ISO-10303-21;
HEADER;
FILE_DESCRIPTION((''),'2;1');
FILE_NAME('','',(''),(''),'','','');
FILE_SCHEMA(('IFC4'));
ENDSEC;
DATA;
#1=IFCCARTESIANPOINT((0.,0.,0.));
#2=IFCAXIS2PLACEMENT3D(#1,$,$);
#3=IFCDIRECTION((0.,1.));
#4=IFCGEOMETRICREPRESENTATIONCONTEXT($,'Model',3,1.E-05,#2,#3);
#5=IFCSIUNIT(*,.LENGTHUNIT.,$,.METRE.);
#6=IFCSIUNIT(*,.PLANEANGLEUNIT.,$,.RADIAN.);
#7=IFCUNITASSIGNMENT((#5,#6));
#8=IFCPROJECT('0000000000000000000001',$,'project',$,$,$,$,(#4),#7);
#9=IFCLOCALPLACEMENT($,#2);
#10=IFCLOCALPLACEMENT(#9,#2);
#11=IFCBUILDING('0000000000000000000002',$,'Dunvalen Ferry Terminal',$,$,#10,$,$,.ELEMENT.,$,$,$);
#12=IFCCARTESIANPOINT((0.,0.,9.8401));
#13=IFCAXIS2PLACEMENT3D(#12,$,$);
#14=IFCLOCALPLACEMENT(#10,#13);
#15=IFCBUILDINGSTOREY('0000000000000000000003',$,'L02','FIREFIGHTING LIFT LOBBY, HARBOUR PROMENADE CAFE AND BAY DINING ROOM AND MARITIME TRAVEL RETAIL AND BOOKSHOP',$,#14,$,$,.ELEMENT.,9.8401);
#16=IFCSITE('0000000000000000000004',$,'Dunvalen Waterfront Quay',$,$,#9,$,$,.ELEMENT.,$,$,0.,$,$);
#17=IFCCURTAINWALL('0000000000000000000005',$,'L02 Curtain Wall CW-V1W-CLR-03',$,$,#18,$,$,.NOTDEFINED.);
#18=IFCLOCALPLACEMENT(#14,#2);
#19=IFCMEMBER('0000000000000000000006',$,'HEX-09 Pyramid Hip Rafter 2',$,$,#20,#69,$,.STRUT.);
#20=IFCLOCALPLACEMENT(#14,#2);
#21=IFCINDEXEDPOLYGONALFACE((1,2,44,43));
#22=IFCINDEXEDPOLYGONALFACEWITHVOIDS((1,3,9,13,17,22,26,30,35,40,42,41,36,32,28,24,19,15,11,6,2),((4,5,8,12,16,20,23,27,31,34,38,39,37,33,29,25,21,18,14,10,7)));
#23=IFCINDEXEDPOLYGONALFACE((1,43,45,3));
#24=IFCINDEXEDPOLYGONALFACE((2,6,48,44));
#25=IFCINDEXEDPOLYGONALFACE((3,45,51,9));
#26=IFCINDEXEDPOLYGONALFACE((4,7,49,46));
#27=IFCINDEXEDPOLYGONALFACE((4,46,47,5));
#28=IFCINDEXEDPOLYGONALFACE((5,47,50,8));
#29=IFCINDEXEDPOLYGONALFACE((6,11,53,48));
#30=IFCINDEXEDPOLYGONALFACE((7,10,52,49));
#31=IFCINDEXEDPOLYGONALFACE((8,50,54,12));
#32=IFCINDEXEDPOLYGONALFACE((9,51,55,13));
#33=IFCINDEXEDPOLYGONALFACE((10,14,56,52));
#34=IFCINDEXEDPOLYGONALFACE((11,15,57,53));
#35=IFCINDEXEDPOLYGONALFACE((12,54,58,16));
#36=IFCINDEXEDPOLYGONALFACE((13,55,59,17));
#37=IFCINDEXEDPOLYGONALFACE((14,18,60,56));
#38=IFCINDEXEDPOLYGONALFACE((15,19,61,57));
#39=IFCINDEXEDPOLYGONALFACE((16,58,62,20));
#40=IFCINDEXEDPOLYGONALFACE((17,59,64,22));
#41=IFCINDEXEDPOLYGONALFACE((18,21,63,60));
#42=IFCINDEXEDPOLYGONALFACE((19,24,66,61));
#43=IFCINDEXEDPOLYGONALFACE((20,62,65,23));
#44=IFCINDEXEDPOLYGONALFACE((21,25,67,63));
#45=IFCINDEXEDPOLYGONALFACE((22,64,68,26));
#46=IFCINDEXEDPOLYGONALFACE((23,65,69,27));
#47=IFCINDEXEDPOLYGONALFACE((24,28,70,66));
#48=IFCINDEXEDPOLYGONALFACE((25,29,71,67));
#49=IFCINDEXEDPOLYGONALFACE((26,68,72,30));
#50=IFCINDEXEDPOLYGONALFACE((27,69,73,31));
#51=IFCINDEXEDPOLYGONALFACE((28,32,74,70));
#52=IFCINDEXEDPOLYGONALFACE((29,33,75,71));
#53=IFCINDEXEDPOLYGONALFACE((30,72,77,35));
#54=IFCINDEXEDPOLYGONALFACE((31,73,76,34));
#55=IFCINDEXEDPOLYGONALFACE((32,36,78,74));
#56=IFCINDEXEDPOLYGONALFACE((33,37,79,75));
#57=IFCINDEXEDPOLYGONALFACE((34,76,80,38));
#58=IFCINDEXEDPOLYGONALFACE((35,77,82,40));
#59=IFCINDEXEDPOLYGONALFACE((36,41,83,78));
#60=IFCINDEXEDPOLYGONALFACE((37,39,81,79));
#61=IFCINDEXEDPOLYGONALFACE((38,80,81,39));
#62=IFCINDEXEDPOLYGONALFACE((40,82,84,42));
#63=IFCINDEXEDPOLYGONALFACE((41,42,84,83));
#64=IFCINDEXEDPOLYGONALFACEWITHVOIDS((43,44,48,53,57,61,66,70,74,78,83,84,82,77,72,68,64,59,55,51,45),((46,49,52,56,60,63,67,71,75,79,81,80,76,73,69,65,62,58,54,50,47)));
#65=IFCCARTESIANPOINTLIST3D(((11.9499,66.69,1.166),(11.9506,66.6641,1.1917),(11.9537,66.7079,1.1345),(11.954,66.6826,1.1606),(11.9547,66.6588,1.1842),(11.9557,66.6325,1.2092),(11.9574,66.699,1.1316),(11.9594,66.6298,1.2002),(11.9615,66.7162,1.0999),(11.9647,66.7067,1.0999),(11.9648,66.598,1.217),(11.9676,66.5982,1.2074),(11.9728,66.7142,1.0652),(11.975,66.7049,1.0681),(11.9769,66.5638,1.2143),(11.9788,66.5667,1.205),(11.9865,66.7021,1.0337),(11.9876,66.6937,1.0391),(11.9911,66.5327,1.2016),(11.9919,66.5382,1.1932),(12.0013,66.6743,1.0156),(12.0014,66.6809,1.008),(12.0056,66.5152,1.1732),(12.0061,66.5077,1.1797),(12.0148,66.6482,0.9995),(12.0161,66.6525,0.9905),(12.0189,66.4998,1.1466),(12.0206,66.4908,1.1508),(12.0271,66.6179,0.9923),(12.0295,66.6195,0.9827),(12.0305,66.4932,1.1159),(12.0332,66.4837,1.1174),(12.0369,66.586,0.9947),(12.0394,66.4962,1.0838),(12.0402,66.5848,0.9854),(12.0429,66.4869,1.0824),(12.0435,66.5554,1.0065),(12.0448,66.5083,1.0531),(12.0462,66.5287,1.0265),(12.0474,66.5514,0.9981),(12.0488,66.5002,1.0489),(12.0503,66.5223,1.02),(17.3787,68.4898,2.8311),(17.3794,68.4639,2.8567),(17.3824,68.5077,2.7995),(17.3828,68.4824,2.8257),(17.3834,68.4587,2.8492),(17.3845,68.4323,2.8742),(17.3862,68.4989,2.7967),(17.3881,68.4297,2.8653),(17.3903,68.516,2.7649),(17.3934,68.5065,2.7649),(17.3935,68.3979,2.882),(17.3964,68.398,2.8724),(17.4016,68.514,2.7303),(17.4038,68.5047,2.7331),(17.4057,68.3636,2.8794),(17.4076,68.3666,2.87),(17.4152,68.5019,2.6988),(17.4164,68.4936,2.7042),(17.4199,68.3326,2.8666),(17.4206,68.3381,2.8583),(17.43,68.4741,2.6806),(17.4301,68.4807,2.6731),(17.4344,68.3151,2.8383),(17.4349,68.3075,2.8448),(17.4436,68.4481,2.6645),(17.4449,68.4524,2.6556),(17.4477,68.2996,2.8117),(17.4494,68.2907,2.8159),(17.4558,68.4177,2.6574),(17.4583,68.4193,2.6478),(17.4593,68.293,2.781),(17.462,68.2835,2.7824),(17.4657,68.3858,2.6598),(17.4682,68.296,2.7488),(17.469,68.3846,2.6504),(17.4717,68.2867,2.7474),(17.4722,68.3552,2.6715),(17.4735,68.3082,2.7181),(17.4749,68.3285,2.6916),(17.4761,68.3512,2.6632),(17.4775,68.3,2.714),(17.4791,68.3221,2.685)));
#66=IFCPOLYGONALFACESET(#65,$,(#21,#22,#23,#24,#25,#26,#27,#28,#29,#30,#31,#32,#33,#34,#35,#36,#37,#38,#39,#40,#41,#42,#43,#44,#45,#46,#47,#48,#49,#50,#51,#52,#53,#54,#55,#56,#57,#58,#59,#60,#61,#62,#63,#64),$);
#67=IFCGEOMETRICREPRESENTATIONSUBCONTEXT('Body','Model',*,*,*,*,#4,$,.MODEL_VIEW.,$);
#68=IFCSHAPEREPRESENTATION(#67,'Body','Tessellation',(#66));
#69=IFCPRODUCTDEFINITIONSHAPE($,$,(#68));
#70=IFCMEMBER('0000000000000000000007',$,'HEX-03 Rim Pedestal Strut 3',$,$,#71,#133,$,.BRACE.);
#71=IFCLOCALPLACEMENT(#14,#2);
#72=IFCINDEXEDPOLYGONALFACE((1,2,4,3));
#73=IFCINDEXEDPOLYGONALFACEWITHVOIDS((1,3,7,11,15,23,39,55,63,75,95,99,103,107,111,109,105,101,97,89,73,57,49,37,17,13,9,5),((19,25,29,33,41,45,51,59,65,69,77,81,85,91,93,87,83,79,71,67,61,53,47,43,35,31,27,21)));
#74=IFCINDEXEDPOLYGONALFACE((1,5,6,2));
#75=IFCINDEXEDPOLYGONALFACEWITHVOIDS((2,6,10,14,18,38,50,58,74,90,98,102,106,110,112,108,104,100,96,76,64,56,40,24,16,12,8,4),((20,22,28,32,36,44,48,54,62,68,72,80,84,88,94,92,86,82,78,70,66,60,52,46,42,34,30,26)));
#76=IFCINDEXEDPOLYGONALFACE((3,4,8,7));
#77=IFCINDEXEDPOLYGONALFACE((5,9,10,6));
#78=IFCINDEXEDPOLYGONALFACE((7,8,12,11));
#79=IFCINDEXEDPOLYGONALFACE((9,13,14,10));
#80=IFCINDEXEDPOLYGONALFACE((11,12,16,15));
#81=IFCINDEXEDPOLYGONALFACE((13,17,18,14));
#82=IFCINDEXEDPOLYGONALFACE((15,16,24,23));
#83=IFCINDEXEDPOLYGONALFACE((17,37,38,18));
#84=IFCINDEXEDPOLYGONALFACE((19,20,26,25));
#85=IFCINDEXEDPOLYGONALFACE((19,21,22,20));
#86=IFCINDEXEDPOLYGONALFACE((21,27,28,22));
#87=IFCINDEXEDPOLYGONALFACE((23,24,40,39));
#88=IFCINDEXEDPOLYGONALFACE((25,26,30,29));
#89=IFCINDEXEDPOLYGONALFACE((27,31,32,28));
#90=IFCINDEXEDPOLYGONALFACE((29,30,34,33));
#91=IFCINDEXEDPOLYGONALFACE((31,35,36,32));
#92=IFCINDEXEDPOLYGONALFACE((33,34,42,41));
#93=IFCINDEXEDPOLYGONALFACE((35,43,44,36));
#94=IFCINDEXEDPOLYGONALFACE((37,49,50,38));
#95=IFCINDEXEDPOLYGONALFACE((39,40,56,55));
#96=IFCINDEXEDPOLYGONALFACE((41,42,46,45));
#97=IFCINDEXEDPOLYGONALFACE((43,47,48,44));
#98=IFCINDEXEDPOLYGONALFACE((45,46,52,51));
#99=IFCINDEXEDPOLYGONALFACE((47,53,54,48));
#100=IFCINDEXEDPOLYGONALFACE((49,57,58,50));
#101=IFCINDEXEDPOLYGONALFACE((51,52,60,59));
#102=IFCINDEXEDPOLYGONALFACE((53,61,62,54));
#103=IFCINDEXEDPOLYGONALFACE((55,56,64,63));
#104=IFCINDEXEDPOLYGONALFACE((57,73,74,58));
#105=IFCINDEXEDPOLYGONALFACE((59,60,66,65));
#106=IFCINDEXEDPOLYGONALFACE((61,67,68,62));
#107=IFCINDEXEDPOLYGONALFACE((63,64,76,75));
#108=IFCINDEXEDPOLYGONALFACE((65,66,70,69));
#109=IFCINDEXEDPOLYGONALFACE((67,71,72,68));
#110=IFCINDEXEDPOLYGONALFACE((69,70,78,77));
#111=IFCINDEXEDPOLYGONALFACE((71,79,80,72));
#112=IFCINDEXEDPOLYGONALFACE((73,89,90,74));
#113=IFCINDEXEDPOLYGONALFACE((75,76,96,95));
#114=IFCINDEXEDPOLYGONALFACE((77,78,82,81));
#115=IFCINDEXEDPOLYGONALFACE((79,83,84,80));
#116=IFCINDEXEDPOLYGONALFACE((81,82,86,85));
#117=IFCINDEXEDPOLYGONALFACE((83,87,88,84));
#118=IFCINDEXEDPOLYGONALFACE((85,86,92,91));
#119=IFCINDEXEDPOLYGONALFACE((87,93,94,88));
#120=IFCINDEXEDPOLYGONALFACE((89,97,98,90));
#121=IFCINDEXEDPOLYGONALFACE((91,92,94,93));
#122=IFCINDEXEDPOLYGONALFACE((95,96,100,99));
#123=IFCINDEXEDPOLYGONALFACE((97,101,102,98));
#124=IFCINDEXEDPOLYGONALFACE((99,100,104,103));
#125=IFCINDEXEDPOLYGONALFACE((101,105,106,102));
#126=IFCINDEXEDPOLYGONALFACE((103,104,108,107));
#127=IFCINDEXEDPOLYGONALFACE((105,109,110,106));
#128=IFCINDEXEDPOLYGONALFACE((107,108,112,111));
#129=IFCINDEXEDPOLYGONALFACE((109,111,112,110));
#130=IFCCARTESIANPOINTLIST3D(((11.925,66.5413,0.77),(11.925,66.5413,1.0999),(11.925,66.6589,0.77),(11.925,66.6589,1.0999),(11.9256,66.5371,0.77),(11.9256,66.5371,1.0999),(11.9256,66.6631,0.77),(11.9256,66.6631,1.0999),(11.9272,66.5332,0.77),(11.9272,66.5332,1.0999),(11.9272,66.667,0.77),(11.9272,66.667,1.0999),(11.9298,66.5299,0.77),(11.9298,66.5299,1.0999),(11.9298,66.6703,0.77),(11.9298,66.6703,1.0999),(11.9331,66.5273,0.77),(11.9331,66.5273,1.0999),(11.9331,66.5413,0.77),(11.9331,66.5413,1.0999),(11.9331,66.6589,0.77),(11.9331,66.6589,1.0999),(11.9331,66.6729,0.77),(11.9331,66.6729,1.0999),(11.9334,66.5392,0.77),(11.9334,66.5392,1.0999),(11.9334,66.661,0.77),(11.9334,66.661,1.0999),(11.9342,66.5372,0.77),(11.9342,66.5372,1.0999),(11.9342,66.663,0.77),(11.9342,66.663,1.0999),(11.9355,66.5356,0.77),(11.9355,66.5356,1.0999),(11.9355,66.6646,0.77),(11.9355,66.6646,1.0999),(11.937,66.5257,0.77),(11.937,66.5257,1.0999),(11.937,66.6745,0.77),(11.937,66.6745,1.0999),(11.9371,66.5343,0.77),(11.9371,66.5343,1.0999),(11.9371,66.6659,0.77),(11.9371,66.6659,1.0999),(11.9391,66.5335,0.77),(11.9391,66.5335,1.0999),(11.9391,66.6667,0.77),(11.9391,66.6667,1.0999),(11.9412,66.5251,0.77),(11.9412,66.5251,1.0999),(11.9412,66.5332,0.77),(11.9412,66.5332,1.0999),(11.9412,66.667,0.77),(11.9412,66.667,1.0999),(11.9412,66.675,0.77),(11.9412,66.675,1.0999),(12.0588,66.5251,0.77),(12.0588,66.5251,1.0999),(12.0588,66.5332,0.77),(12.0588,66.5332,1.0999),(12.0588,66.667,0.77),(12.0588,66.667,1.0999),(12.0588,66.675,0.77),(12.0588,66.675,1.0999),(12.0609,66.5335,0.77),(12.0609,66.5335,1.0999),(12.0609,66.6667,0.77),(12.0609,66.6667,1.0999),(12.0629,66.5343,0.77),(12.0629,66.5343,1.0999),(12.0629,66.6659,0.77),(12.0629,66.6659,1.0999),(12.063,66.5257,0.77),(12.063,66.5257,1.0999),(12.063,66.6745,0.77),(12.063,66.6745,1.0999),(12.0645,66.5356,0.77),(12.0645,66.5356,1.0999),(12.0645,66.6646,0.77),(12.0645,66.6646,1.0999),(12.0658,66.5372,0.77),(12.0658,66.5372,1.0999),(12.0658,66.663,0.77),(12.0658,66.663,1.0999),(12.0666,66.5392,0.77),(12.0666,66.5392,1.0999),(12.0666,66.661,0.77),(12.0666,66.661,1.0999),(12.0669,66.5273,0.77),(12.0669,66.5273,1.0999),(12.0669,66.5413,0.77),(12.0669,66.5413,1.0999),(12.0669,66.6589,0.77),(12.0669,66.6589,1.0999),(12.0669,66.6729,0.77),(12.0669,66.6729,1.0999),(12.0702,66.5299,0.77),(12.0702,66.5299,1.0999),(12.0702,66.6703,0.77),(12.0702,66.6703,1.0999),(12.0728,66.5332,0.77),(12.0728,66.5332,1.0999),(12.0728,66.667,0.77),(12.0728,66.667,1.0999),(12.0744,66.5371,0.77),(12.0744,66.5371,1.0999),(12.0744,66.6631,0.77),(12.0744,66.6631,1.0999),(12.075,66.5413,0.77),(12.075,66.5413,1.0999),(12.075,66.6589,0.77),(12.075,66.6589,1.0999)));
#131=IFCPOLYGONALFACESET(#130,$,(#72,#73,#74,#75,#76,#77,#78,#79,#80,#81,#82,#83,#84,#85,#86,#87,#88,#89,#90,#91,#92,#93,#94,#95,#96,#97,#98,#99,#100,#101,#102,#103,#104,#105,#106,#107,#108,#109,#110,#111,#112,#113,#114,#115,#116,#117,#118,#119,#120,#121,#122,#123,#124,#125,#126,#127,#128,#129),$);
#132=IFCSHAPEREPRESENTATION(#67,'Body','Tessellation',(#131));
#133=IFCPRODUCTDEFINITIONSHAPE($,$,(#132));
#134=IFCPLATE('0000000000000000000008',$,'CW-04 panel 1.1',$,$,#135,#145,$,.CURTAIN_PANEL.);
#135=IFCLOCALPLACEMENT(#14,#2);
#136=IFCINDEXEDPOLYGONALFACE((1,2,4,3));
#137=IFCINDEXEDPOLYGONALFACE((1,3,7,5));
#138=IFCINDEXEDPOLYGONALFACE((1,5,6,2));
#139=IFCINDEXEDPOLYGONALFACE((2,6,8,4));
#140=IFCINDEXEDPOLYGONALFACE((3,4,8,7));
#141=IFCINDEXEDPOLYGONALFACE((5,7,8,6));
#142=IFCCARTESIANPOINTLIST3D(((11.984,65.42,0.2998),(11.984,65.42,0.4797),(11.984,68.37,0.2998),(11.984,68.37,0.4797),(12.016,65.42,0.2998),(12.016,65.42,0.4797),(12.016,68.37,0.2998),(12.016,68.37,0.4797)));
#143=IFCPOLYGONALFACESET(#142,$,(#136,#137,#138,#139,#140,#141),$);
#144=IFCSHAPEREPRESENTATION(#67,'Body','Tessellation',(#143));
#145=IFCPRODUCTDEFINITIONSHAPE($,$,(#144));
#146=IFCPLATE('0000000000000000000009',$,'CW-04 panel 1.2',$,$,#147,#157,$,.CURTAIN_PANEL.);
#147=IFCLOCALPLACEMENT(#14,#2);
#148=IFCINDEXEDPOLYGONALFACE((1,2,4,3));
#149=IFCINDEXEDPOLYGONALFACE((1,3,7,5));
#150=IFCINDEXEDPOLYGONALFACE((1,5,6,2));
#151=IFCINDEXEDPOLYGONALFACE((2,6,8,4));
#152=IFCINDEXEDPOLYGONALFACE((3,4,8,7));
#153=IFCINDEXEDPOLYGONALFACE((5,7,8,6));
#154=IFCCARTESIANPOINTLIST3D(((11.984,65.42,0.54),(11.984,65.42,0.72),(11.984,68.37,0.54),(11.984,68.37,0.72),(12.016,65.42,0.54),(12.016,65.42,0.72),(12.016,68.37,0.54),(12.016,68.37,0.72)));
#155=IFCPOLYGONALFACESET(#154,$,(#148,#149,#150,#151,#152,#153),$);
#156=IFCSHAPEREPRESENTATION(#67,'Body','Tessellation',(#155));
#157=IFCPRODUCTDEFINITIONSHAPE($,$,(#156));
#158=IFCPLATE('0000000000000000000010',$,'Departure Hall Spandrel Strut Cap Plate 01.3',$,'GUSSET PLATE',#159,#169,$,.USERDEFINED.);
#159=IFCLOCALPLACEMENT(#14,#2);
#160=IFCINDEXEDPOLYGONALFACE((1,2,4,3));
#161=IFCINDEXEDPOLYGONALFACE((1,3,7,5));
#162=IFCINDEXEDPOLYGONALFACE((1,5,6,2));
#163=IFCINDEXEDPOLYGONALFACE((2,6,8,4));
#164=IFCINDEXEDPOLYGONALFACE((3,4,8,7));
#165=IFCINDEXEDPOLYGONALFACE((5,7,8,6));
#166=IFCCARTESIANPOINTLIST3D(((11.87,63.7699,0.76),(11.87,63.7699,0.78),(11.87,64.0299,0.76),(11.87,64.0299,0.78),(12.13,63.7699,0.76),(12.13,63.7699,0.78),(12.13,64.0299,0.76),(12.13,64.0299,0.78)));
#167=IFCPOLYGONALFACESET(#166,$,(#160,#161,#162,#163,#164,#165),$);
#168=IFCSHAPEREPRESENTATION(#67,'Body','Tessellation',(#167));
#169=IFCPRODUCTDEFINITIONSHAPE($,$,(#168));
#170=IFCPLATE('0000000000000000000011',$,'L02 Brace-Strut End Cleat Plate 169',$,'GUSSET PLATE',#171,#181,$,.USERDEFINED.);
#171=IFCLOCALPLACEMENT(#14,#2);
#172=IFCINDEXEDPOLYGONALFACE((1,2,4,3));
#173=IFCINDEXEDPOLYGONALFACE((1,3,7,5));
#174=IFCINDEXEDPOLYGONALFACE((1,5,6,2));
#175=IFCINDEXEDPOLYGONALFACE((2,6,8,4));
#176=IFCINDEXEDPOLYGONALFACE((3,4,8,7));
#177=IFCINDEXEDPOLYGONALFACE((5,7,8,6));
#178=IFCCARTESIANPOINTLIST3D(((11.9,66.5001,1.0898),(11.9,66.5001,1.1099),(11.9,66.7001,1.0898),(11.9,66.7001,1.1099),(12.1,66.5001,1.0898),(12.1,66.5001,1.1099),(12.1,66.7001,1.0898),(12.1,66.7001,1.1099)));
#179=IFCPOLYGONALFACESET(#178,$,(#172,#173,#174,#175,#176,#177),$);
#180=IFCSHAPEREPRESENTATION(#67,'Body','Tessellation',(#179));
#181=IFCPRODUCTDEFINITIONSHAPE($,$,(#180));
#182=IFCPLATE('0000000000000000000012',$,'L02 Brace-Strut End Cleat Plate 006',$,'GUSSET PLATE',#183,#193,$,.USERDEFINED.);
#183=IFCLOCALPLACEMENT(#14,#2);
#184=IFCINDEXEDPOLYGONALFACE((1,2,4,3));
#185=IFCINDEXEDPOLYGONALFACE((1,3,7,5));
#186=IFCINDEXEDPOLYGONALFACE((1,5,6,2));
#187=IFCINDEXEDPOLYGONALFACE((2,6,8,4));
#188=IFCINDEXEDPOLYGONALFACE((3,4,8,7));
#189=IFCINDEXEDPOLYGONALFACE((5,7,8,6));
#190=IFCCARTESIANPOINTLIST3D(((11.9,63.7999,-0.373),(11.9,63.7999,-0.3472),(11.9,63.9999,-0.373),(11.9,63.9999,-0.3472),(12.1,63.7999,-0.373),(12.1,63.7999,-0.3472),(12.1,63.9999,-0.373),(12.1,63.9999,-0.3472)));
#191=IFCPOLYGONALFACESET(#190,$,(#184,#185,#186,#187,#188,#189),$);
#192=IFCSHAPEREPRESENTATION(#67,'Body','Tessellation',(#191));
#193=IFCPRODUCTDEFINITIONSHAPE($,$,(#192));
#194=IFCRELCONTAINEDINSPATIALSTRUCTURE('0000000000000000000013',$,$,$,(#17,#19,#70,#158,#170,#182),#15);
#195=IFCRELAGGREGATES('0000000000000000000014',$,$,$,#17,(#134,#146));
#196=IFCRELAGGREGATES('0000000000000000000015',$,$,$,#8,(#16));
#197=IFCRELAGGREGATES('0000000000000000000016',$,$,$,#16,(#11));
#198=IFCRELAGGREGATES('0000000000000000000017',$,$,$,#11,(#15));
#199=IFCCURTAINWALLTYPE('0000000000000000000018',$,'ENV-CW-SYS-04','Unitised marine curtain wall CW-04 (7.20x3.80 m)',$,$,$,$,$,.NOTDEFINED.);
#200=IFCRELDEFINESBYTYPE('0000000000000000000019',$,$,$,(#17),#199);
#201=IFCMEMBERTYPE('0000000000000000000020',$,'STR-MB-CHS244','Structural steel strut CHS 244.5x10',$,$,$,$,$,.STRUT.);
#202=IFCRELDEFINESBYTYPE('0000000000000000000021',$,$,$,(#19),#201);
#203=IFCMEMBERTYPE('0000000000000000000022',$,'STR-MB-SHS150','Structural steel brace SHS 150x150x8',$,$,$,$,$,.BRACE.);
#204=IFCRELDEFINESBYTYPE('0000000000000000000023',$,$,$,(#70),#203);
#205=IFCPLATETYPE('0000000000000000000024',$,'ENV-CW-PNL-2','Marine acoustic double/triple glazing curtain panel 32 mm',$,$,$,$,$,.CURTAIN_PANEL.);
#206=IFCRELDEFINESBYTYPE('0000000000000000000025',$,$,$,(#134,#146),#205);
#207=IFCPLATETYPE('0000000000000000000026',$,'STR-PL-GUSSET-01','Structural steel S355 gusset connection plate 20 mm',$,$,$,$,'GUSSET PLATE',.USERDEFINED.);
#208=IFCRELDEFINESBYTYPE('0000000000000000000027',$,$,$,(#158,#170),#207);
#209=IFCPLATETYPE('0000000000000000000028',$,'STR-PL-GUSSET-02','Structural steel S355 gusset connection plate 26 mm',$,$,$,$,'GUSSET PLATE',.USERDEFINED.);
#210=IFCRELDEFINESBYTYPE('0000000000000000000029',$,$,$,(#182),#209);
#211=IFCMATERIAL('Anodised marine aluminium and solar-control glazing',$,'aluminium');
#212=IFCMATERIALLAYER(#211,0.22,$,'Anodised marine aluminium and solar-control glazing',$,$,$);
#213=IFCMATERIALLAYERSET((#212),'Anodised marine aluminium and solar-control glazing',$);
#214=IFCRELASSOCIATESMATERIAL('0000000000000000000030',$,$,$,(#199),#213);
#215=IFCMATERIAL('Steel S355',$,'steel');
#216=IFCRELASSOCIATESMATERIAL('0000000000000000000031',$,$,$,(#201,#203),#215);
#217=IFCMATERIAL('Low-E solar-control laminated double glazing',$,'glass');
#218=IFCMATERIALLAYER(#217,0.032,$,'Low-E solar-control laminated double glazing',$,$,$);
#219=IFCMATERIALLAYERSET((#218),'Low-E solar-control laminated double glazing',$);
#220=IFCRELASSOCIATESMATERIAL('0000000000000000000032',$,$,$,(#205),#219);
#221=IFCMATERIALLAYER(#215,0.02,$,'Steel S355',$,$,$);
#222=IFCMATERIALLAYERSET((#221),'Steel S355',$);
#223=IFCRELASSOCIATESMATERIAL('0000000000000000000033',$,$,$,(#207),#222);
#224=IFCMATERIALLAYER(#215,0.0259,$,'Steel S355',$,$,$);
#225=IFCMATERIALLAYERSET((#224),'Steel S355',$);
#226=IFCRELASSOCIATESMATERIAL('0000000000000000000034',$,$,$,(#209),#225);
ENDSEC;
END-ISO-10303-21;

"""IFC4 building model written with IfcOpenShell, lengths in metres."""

from ifc_helpers import new_model, si_unit, direction, frame, origin, origin_2d, place, context, subcontext, project, spatial, rectangle, hollow_rectangle, hollow_circle, extrude, material, layer, layer_set, material_profile, profile_set, type_object, element, aggregate, save


model = new_model("IFC4")

# Units and contexts
model_context = context("Model", 3, precision=1e-05, world=origin(), true_north=direction((0.0, 1.0)))
body_context = subcontext(model_context, "Body", "Model", "MODEL_VIEW")
ifc_project = project(units=[si_unit("LENGTHUNIT", "METRE"), si_unit("PLANEANGLEUNIT", "RADIAN")], contexts=[model_context])

# Site, building, storey
site_placement = place(None, origin())
site = spatial("IfcSite", under=ifc_project, at=site_placement, Name="Dunvalen Waterfront Quay", CompositionType="ELEMENT", RefElevation=0.0)
building_placement = place(site_placement, origin())
building = spatial("IfcBuilding", under=site, at=building_placement, Name="Dunvalen Ferry Terminal", CompositionType="ELEMENT")
storey_placement = place(building_placement, frame((0.0, 0.0, 9.8401)))
storey = spatial("IfcBuildingStorey", under=building, at=storey_placement, Name="L02", Description="FIREFIGHTING LIFT LOBBY, HARBOUR PROMENADE CAFE AND BAY DINING ROOM AND MARITIME TRAVEL RETAIL AND BOOKSHOP", CompositionType="ELEMENT", Elevation=9.8401)

# Shared definitions
ifc_material_1 = material(Name="Anodised marine aluminium and solar-control glazing", Category="aluminium")
ifc_layer_1 = layer(ifc_material_1, 0.22, Name="Anodised marine aluminium and solar-control glazing")
ifc_layer_set_1 = layer_set([ifc_layer_1], Name="Anodised marine aluminium and solar-control glazing")
curtain_wall_type = type_object("IfcCurtainWallType", Name="ENV-CW-SYS-04", Description="Unitised marine curtain wall CW-04 (7.20x3.80 m)", PredefinedType="NOTDEFINED", material=ifc_layer_set_1)

# Curtain wall
curtain_wall_1_placement = place(storey_placement, origin())
curtain_wall_1 = element("IfcCurtainWall", 1, at=curtain_wall_1_placement, inside=storey, type_object=curtain_wall_type, Name="L02 Curtain Wall CW-V1W-CLR-03", PredefinedType="NOTDEFINED")

# Shared definitions
ifc_material_2 = material(Name="Steel S355", Category="steel")

# Members
ifc_material_profile_1 = material_profile(ifc_material_2, hollow_circle(Radius=0.1223, WallThickness=0.01, at=origin_2d()), Name="Steel S355")
ifc_profile_set_1 = profile_set([ifc_material_profile_1], Name="Steel S355")
member_type_1 = type_object("IfcMemberType", Name="STR-MB-CHS244", Description="Structural steel strut CHS 244.5x10", PredefinedType="STRUT", material=ifc_profile_set_1)
member_1_placement = place(storey_placement, frame((12.0, 66.6001, 1.0999), z_axis=(0.911359, 0.302147, 0.279523), x_axis=(-0.314691, 0.949194, 0.0)))
element("IfcMember", 2, at=member_1_placement, inside=storey, type_object=member_type_1, Name="HEX-09 Pyramid Hip Rafter 2", PredefinedType="STRUT", context=body_context, shape_type="SweptSolid", body=[
    extrude(hollow_circle(Radius=0.1223, WallThickness=0.01, at=origin_2d()), origin(), (0.0, 0.0, 1.0), 5.9568),
])
ifc_material_profile_2 = material_profile(ifc_material_2, hollow_rectangle(XDim=0.1499, YDim=0.1499, WallThickness=0.0081, InnerFilletRadius=0.0081, OuterFilletRadius=0.0161, at=origin_2d()), Name="Steel S355")
ifc_profile_set_2 = profile_set([ifc_material_profile_2], Name="Steel S355")
member_type_2 = type_object("IfcMemberType", Name="STR-MB-SHS150", Description="Structural steel brace SHS 150x150x8", PredefinedType="BRACE", material=ifc_profile_set_2)
member_2_placement = place(storey_placement, frame((12.0, 66.6001, 0.77), z_axis=(0.0, 0.0, 1.0), x_axis=(1.0, 0.0, 0.0)))
element("IfcMember", 3, at=member_2_placement, inside=storey, type_object=member_type_2, Name="HEX-03 Rim Pedestal Strut 3", PredefinedType="BRACE", context=body_context, shape_type="SweptSolid", body=[
    extrude(hollow_rectangle(XDim=0.1499, YDim=0.1499, WallThickness=0.0081, InnerFilletRadius=0.0081, OuterFilletRadius=0.0161, at=origin_2d()), origin(), (0.0, 0.0, 1.0), 0.3298),
])

# Plates
ifc_material_3 = material(Name="Low-E solar-control laminated double glazing", Category="glass")
ifc_layer_2 = layer(ifc_material_3, 0.032, Name="Low-E solar-control laminated double glazing")
ifc_layer_set_2 = layer_set([ifc_layer_2], Name="Low-E solar-control laminated double glazing")
plate_type_1 = type_object("IfcPlateType", Name="ENV-CW-PNL-2", Description="Marine acoustic double/triple glazing curtain panel 32 mm", PredefinedType="CURTAIN_PANEL", material=ifc_layer_set_2)
plate_1_placement = place(storey_placement, frame((12.0, 66.895, 0.2998), z_axis=(0.0, 0.0, 1.0), x_axis=(0.0, 1.0, 0.0)))
plate_1 = element("IfcPlate", 4, at=plate_1_placement, type_object=plate_type_1, Name="CW-04 panel 1.1", PredefinedType="CURTAIN_PANEL", context=body_context, shape_type="SweptSolid", body=[
    extrude(rectangle(XDim=2.95, YDim=0.032, at=origin_2d()), origin(), (0.0, 0.0, 1.0), 0.1799),
])
plate_2_placement = place(storey_placement, frame((12.0, 66.895, 0.54), z_axis=(0.0, 0.0, 1.0), x_axis=(0.0, 1.0, 0.0)))
plate_2 = element("IfcPlate", 5, at=plate_2_placement, type_object=plate_type_1, Name="CW-04 panel 1.2", PredefinedType="CURTAIN_PANEL", context=body_context, shape_type="SweptSolid", body=[
    extrude(rectangle(XDim=2.95, YDim=0.032, at=origin_2d()), origin(), (0.0, 0.0, 1.0), 0.1799),
])
aggregate(curtain_wall_1, [plate_1, plate_2])

# Plates
ifc_layer_3 = layer(ifc_material_2, 0.02, Name="Steel S355")
ifc_layer_set_3 = layer_set([ifc_layer_3], Name="Steel S355")
plate_type_2 = type_object("IfcPlateType", Name="STR-PL-GUSSET-01", Description="Structural steel S355 gusset connection plate 20 mm", ElementType="GUSSET PLATE", PredefinedType="USERDEFINED", material=ifc_layer_set_3)
plate_3_placement = place(storey_placement, frame((12.0, 63.8999, 0.76), z_axis=(0.0, 0.0, 1.0), x_axis=(1.0, 0.0, 0.0)))
element("IfcPlate", 6, at=plate_3_placement, inside=storey, type_object=plate_type_2, Name="Departure Hall Spandrel Strut Cap Plate 01.3", ObjectType="GUSSET PLATE", PredefinedType="USERDEFINED", context=body_context, shape_type="SweptSolid", body=[
    extrude(rectangle(XDim=0.26, YDim=0.26, at=origin_2d()), origin(), (0.0, 0.0, 1.0), 0.02),
])
plate_4_placement = place(storey_placement, frame((12.0, 66.6001, 1.0898), z_axis=(0.0, 0.0, 1.0), x_axis=(1.0, 0.0, 0.0)))
element("IfcPlate", 7, at=plate_4_placement, inside=storey, type_object=plate_type_2, Name="L02 Brace-Strut End Cleat Plate 169", ObjectType="GUSSET PLATE", PredefinedType="USERDEFINED", context=body_context, shape_type="SweptSolid", body=[
    extrude(rectangle(XDim=0.2, YDim=0.2, at=origin_2d()), origin(), (0.0, 0.0, 1.0), 0.02),
])
ifc_layer_4 = layer(ifc_material_2, 0.0259, Name="Steel S355")
ifc_layer_set_4 = layer_set([ifc_layer_4], Name="Steel S355")
plate_type_3 = type_object("IfcPlateType", Name="STR-PL-GUSSET-02", Description="Structural steel S355 gusset connection plate 26 mm", ElementType="GUSSET PLATE", PredefinedType="USERDEFINED", material=ifc_layer_set_4)
for number, where, z_axis, x_axis, name in (
    (8, (12.0, 63.8999, -0.373), (0.0, 0.0, 1.0), (1.0, 0.0, 0.0), "L02 Brace-Strut End Cleat Plate 006"),
):
    element("IfcPlate", number, at=place(storey_placement, frame(where, z_axis=z_axis, x_axis=x_axis)), inside=storey, type_object=plate_type_3, Name=name, ObjectType="GUSSET PLATE", PredefinedType="USERDEFINED", context=body_context, shape_type="SweptSolid", body=[
        extrude(rectangle(XDim=0.2, YDim=0.2, at=origin_2d()), origin(), (0.0, 0.0, 1.0), 0.0259),
    ])

save(model, "model.ifc")
